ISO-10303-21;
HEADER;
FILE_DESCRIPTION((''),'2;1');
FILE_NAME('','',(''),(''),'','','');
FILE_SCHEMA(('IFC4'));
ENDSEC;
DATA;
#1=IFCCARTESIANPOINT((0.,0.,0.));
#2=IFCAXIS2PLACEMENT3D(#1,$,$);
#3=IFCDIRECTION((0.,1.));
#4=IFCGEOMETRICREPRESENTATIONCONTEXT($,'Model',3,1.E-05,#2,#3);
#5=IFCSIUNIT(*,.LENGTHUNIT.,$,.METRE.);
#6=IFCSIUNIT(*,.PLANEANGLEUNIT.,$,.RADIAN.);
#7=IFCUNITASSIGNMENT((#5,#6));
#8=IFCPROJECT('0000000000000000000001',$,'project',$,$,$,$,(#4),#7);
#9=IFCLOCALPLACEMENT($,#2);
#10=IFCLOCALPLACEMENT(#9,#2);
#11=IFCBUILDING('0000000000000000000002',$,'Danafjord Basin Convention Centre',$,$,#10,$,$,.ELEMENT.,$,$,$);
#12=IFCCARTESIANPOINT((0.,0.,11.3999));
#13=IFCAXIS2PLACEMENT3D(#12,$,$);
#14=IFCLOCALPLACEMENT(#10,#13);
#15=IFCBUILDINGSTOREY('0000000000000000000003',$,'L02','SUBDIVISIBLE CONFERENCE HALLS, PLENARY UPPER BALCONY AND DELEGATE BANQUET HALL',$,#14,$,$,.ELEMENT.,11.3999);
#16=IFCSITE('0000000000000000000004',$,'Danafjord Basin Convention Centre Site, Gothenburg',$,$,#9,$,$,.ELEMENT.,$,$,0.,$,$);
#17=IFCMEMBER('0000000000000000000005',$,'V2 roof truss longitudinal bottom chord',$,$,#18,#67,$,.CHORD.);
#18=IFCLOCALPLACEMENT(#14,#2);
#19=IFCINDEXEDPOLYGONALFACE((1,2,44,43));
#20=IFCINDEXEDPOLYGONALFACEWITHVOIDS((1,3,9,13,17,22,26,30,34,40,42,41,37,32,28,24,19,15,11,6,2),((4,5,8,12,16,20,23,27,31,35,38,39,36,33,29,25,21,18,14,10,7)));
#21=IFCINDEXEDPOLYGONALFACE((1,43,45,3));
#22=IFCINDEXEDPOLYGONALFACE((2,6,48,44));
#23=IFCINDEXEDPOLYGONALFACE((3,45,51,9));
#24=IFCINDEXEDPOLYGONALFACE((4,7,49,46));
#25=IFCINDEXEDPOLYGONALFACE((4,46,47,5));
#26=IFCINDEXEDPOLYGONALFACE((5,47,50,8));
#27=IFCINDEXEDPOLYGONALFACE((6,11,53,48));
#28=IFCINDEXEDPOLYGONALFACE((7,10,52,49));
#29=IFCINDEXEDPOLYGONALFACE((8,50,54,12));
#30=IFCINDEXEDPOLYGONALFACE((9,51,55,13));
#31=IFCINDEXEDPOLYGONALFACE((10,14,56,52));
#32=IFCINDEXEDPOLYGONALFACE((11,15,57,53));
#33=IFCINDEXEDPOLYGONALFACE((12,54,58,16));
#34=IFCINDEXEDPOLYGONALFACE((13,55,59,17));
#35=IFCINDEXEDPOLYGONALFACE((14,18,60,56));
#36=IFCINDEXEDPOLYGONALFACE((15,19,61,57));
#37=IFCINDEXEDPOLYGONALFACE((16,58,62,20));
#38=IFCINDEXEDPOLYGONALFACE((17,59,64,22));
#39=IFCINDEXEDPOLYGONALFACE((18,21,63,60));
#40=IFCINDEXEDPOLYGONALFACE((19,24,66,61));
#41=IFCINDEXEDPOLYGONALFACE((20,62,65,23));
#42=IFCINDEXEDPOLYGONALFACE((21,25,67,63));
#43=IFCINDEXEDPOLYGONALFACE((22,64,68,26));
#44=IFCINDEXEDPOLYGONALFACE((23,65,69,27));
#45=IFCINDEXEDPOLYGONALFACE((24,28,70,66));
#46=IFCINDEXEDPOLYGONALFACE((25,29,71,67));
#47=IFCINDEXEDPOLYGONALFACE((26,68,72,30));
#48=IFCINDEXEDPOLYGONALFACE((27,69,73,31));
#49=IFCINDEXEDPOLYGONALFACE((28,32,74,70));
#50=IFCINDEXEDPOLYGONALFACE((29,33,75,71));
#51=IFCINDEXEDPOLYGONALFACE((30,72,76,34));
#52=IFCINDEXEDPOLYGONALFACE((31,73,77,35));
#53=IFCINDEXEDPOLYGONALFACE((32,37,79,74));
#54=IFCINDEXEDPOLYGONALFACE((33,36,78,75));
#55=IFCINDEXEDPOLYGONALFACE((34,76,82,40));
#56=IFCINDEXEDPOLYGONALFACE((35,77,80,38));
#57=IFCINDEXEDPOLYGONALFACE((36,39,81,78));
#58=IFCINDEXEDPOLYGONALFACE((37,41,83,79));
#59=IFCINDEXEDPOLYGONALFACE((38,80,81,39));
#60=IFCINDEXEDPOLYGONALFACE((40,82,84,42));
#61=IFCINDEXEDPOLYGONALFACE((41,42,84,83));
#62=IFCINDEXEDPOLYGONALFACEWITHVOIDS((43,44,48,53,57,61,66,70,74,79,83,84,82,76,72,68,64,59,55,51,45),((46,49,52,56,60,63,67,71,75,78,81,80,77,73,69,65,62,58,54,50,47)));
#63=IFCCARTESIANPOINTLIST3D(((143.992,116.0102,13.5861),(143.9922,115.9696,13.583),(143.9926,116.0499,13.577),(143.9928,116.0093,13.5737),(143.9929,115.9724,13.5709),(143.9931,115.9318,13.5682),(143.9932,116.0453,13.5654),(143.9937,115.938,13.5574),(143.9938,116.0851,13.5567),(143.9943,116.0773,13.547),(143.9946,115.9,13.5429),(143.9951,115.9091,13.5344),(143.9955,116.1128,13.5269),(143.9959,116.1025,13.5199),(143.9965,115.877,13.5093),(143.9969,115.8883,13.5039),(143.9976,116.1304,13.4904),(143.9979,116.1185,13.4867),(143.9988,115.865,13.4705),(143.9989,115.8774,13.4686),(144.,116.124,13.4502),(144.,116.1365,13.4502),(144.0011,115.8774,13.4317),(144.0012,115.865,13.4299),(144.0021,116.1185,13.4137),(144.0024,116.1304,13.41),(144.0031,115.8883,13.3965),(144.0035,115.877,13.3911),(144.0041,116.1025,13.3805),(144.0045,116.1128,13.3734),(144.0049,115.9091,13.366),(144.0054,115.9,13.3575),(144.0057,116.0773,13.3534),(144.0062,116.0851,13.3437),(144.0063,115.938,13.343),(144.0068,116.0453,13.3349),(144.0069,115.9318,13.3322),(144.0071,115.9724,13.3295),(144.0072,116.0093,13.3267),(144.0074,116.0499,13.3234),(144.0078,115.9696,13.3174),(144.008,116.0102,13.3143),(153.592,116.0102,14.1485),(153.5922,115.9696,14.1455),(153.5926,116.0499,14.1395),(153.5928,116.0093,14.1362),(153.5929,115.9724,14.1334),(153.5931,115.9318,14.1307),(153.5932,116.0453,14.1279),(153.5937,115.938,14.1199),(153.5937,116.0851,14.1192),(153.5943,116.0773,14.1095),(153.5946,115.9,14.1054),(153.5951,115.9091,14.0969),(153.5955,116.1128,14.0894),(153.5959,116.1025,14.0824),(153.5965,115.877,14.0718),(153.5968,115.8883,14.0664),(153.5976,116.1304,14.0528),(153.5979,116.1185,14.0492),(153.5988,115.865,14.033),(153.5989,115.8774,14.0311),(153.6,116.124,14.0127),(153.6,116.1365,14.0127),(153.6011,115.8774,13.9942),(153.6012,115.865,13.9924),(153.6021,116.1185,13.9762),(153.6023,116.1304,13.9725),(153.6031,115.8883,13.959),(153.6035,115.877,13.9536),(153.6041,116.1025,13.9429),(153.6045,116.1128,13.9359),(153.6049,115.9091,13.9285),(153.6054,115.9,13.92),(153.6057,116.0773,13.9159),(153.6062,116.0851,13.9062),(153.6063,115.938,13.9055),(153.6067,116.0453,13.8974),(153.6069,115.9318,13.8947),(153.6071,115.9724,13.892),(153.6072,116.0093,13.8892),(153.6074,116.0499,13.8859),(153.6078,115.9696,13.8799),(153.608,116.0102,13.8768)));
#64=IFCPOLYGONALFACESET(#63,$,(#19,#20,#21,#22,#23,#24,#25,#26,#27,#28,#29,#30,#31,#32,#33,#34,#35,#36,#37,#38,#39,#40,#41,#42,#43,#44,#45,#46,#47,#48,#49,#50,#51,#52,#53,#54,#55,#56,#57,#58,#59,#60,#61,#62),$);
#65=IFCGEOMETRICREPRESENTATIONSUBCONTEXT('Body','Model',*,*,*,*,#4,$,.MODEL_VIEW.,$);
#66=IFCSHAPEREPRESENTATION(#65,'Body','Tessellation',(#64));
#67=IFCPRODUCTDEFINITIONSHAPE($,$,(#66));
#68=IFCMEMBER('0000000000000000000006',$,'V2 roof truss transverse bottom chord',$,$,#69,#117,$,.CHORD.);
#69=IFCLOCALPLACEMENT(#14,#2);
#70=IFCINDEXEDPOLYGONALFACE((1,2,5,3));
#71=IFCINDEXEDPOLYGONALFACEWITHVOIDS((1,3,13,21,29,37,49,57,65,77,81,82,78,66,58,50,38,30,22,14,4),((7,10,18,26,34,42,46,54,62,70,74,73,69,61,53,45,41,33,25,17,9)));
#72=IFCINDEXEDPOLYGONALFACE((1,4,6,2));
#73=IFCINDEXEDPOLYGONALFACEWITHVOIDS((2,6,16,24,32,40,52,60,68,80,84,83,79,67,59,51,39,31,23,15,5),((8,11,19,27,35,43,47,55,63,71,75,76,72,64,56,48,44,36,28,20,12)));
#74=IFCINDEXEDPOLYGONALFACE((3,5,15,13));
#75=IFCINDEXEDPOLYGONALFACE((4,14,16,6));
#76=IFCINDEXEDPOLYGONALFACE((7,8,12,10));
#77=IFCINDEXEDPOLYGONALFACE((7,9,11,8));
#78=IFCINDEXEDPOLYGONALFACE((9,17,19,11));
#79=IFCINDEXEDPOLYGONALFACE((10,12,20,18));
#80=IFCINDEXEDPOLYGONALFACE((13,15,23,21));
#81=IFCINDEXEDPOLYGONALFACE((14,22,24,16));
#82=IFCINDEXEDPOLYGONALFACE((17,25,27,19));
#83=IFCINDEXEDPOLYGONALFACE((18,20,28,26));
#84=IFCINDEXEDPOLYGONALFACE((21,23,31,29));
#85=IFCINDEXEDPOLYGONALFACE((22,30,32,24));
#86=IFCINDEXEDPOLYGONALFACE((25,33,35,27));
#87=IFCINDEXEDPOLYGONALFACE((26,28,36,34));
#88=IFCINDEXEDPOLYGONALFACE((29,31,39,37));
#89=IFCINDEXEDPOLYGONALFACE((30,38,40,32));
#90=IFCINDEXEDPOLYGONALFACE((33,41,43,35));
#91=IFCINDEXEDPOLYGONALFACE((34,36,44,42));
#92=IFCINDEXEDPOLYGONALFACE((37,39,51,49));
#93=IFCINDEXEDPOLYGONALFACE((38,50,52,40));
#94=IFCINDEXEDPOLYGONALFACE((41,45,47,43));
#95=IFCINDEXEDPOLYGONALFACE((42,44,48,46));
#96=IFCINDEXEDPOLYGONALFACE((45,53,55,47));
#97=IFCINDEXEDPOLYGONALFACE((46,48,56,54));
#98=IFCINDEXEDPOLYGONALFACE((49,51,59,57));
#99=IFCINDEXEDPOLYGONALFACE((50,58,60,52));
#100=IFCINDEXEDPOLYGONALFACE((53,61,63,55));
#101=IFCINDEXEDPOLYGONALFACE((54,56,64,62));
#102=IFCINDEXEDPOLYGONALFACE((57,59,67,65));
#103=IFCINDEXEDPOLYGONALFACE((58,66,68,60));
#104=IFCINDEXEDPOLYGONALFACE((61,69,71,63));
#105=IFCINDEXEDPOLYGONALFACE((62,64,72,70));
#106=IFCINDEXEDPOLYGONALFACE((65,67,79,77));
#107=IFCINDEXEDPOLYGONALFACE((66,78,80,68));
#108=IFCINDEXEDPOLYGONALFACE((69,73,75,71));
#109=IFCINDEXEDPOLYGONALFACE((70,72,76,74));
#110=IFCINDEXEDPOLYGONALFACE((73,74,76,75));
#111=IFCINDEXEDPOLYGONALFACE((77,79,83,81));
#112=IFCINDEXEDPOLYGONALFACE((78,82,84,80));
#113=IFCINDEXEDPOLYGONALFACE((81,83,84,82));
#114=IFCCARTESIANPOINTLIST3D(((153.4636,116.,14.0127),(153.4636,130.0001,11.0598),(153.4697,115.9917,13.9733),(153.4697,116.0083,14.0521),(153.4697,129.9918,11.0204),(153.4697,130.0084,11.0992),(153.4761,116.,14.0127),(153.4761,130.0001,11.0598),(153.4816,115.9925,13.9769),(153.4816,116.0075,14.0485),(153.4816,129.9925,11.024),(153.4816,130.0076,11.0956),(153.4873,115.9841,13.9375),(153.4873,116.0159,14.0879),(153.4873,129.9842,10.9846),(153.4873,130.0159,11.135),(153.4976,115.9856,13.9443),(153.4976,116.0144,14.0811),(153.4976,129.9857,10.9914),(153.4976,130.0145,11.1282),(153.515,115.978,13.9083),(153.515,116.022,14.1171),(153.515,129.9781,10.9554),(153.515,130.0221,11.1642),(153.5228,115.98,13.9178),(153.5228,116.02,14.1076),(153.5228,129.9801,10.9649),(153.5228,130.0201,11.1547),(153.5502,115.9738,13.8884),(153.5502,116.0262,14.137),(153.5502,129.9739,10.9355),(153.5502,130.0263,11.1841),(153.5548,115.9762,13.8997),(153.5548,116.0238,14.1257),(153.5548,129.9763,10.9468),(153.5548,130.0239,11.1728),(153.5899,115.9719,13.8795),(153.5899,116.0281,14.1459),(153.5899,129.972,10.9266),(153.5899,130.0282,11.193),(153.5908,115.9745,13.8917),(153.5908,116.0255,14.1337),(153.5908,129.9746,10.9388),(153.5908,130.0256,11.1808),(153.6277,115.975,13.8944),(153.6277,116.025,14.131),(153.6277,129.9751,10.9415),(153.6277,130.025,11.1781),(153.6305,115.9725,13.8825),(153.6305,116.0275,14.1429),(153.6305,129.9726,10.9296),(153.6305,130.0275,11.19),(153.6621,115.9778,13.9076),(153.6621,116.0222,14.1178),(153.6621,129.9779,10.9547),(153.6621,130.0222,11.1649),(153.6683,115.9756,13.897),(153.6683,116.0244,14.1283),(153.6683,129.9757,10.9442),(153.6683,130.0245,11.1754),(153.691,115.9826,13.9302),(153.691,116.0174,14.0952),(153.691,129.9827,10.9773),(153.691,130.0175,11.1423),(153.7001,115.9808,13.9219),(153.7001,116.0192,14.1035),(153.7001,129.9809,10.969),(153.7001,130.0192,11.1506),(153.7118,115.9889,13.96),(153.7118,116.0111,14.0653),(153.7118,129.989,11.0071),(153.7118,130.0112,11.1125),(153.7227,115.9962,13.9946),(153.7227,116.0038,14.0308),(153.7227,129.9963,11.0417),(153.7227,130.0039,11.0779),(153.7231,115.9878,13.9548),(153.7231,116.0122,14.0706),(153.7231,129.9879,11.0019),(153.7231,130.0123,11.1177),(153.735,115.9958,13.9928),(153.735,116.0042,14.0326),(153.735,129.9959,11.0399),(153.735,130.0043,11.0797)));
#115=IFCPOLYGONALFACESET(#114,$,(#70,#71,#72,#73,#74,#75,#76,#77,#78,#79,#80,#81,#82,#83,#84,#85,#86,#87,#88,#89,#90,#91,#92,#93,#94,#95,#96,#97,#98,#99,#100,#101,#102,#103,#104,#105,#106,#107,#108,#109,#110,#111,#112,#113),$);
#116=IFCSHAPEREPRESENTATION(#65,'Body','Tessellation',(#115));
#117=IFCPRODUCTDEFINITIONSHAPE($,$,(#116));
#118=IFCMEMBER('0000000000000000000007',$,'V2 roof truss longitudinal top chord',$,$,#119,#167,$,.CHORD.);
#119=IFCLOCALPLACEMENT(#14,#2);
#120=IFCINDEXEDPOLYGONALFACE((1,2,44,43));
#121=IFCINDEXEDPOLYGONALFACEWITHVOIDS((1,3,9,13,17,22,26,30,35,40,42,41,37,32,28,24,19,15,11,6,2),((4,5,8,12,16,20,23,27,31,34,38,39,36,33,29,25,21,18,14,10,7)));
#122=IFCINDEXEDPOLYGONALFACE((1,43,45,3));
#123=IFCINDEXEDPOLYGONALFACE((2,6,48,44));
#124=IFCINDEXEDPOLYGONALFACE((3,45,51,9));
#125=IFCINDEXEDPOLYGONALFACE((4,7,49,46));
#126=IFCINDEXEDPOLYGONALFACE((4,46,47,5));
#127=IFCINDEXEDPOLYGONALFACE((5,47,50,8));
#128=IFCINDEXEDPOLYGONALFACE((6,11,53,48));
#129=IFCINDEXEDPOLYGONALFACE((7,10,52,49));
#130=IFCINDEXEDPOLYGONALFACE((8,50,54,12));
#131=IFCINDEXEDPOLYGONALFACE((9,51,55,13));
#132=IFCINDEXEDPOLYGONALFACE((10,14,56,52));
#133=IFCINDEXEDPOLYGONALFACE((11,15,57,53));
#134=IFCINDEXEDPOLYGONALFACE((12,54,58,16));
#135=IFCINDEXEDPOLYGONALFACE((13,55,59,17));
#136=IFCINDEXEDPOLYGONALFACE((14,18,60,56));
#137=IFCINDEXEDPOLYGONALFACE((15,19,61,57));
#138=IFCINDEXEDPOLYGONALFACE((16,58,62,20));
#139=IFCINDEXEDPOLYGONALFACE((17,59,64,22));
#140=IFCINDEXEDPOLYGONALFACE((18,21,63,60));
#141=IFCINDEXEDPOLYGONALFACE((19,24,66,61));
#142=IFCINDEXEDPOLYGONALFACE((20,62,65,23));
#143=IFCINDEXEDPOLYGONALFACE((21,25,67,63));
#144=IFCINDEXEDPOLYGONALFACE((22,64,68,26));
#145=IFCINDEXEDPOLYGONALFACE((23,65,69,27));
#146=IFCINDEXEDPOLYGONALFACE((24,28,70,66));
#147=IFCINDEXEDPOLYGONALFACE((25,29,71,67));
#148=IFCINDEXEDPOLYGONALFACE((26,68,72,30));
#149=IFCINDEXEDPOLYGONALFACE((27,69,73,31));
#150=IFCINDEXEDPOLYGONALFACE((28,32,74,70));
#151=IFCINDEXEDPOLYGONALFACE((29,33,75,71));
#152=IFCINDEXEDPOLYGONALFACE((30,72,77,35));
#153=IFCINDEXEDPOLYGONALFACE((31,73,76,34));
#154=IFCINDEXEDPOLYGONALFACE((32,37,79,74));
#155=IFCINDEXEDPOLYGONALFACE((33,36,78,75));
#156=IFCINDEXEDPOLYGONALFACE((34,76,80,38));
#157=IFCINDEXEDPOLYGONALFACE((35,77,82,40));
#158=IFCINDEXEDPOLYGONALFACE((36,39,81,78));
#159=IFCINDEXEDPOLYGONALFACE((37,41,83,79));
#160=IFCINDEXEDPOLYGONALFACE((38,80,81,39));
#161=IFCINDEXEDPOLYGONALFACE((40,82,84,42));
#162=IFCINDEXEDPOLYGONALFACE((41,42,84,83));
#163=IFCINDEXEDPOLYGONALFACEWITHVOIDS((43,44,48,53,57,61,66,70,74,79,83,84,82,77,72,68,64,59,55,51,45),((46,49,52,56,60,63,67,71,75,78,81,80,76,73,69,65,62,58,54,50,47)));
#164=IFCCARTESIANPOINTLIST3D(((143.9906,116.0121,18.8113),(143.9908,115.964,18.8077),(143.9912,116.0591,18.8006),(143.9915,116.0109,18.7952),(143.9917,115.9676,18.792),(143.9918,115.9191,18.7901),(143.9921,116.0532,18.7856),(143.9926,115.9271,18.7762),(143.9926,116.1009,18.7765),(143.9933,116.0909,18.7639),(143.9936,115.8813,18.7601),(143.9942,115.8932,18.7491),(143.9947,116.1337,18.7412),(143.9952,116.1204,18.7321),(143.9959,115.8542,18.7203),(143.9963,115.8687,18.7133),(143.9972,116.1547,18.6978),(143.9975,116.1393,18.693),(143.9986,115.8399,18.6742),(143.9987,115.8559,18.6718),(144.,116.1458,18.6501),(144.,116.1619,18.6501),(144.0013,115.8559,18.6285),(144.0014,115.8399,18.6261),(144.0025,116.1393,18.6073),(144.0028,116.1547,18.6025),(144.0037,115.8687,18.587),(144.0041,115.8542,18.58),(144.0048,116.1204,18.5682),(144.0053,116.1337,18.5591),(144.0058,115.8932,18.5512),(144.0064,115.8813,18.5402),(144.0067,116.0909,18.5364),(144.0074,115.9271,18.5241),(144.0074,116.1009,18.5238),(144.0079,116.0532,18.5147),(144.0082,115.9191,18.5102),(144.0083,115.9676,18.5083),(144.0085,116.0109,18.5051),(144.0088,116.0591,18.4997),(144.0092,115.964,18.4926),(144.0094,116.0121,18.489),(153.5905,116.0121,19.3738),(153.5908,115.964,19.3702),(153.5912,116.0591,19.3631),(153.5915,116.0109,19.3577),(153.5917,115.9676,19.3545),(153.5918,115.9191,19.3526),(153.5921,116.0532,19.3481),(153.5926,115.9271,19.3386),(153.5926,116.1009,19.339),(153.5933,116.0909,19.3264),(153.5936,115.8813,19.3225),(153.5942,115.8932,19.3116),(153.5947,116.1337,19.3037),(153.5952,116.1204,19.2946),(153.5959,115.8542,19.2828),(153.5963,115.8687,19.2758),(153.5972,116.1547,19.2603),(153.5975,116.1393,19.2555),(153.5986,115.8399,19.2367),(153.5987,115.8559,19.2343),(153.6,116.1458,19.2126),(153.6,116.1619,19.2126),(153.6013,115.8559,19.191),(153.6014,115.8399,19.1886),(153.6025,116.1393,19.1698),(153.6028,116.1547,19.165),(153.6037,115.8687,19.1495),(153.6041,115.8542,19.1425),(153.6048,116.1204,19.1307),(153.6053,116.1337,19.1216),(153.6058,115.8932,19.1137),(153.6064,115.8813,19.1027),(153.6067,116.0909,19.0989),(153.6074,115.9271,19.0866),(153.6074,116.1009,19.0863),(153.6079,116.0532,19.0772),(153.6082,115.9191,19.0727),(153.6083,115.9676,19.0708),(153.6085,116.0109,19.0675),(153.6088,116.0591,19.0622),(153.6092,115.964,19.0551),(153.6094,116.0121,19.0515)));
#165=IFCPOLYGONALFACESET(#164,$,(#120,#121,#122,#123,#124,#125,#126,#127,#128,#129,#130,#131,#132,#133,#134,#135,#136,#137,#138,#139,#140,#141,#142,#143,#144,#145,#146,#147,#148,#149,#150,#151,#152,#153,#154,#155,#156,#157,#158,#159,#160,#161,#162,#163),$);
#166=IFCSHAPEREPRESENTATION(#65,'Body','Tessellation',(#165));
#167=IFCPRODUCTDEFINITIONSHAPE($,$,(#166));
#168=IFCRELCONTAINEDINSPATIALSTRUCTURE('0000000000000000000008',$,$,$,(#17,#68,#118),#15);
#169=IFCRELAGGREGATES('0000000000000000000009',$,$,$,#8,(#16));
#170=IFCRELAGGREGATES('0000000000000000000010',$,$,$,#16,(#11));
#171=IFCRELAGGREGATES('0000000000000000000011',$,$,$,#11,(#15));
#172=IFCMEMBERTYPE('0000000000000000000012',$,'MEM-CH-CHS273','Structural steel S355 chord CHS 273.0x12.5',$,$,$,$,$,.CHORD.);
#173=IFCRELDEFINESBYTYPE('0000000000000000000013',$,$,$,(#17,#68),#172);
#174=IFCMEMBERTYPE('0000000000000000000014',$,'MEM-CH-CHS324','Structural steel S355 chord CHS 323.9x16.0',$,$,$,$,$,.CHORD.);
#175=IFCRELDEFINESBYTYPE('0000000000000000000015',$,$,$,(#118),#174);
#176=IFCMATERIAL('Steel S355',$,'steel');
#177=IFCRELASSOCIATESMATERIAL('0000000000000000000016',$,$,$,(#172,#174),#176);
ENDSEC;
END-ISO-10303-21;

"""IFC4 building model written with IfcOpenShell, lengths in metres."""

from ifc_helpers import new_model, si_unit, direction, frame, origin, origin_2d, place, context, subcontext, project, spatial, hollow_circle, extrude, material, material_profile, profile_set, type_object, element, save


model = new_model("IFC4")

# Units and contexts
model_context = context("Model", 3, precision=1e-05, world=origin(), true_north=direction((0.0, 1.0)))
body_context = subcontext(model_context, "Body", "Model", "MODEL_VIEW")
ifc_project = project(units=[si_unit("LENGTHUNIT", "METRE"), si_unit("PLANEANGLEUNIT", "RADIAN")], contexts=[model_context])

# Site, building, storey
site_placement = place(None, origin())
site = spatial("IfcSite", under=ifc_project, at=site_placement, Name="Danafjord Basin Convention Centre Site, Gothenburg", CompositionType="ELEMENT", RefElevation=0.0)
building_placement = place(site_placement, origin())
building = spatial("IfcBuilding", under=site, at=building_placement, Name="Danafjord Basin Convention Centre", CompositionType="ELEMENT")
storey_placement = place(building_placement, frame((0.0, 0.0, 11.3999)))
storey = spatial("IfcBuildingStorey", under=building, at=storey_placement, Name="L02", Description="SUBDIVISIBLE CONFERENCE HALLS, PLENARY UPPER BALCONY AND DELEGATE BANQUET HALL", CompositionType="ELEMENT", Elevation=11.3999)

# Members
ifc_material = material(Name="Steel S355", Category="steel")
ifc_material_profile_1 = material_profile(ifc_material, hollow_circle(Radius=0.1365, WallThickness=0.0125, at=origin_2d()), Name="CHS 273.0x12.5")
ifc_profile_set_1 = profile_set([ifc_material_profile_1], Name="Steel S355")
member_type_1 = type_object("IfcMemberType", Name="MEM-CH-CHS273", Description="Structural steel S355 chord CHS 273.0x12.5", PredefinedType="CHORD", material=ifc_profile_set_1)
member_1_placement = place(storey_placement, frame((144.0, 116.0, 13.4502), z_axis=(0.998288, 0.0, 0.058493), x_axis=(0.0, 1.0, 0.0)))
element("IfcMember", 1, at=member_1_placement, inside=storey, type_object=member_type_1, Name="V2 roof truss longitudinal bottom chord", PredefinedType="CHORD", context=body_context, shape_type="SweptSolid", body=[
    extrude(hollow_circle(Radius=0.1365, WallThickness=0.0125, at=origin_2d()), origin(), (0.0, 0.0, 1.0), 9.6165),
])
member_2_placement = place(storey_placement, frame((153.6001, 116.0, 14.0127), z_axis=(0.0, 0.978472, -0.206379), x_axis=(-1.0, 0.0, 0.0)))
element("IfcMember", 2, at=member_2_placement, inside=storey, type_object=member_type_1, Name="V2 roof truss transverse bottom chord", PredefinedType="CHORD", context=body_context, shape_type="SweptSolid", body=[
    extrude(hollow_circle(Radius=0.1365, WallThickness=0.0125, at=origin_2d()), origin(), (0.0, 0.0, 1.0), 14.3081),
])
ifc_material_profile_2 = material_profile(ifc_material, hollow_circle(Radius=0.1619, WallThickness=0.0161, at=origin_2d()), Name="CHS 323.9x16.0")
ifc_profile_set_2 = profile_set([ifc_material_profile_2], Name="Steel S355")
member_type_2 = type_object("IfcMemberType", Name="MEM-CH-CHS324", Description="Structural steel S355 chord CHS 323.9x16.0", PredefinedType="CHORD", material=ifc_profile_set_2)
member_3_placement = place(storey_placement, frame((144.0, 116.0, 18.6501), z_axis=(0.998288, 0.0, 0.058493), x_axis=(0.0, 1.0, 0.0)))
element("IfcMember", 3, at=member_3_placement, inside=storey, type_object=member_type_2, Name="V2 roof truss longitudinal top chord", PredefinedType="CHORD", context=body_context, shape_type="SweptSolid", body=[
    extrude(hollow_circle(Radius=0.1619, WallThickness=0.0161, at=origin_2d()), origin(), (0.0, 0.0, 1.0), 9.6165),
])

save(model, "model.ifc")
